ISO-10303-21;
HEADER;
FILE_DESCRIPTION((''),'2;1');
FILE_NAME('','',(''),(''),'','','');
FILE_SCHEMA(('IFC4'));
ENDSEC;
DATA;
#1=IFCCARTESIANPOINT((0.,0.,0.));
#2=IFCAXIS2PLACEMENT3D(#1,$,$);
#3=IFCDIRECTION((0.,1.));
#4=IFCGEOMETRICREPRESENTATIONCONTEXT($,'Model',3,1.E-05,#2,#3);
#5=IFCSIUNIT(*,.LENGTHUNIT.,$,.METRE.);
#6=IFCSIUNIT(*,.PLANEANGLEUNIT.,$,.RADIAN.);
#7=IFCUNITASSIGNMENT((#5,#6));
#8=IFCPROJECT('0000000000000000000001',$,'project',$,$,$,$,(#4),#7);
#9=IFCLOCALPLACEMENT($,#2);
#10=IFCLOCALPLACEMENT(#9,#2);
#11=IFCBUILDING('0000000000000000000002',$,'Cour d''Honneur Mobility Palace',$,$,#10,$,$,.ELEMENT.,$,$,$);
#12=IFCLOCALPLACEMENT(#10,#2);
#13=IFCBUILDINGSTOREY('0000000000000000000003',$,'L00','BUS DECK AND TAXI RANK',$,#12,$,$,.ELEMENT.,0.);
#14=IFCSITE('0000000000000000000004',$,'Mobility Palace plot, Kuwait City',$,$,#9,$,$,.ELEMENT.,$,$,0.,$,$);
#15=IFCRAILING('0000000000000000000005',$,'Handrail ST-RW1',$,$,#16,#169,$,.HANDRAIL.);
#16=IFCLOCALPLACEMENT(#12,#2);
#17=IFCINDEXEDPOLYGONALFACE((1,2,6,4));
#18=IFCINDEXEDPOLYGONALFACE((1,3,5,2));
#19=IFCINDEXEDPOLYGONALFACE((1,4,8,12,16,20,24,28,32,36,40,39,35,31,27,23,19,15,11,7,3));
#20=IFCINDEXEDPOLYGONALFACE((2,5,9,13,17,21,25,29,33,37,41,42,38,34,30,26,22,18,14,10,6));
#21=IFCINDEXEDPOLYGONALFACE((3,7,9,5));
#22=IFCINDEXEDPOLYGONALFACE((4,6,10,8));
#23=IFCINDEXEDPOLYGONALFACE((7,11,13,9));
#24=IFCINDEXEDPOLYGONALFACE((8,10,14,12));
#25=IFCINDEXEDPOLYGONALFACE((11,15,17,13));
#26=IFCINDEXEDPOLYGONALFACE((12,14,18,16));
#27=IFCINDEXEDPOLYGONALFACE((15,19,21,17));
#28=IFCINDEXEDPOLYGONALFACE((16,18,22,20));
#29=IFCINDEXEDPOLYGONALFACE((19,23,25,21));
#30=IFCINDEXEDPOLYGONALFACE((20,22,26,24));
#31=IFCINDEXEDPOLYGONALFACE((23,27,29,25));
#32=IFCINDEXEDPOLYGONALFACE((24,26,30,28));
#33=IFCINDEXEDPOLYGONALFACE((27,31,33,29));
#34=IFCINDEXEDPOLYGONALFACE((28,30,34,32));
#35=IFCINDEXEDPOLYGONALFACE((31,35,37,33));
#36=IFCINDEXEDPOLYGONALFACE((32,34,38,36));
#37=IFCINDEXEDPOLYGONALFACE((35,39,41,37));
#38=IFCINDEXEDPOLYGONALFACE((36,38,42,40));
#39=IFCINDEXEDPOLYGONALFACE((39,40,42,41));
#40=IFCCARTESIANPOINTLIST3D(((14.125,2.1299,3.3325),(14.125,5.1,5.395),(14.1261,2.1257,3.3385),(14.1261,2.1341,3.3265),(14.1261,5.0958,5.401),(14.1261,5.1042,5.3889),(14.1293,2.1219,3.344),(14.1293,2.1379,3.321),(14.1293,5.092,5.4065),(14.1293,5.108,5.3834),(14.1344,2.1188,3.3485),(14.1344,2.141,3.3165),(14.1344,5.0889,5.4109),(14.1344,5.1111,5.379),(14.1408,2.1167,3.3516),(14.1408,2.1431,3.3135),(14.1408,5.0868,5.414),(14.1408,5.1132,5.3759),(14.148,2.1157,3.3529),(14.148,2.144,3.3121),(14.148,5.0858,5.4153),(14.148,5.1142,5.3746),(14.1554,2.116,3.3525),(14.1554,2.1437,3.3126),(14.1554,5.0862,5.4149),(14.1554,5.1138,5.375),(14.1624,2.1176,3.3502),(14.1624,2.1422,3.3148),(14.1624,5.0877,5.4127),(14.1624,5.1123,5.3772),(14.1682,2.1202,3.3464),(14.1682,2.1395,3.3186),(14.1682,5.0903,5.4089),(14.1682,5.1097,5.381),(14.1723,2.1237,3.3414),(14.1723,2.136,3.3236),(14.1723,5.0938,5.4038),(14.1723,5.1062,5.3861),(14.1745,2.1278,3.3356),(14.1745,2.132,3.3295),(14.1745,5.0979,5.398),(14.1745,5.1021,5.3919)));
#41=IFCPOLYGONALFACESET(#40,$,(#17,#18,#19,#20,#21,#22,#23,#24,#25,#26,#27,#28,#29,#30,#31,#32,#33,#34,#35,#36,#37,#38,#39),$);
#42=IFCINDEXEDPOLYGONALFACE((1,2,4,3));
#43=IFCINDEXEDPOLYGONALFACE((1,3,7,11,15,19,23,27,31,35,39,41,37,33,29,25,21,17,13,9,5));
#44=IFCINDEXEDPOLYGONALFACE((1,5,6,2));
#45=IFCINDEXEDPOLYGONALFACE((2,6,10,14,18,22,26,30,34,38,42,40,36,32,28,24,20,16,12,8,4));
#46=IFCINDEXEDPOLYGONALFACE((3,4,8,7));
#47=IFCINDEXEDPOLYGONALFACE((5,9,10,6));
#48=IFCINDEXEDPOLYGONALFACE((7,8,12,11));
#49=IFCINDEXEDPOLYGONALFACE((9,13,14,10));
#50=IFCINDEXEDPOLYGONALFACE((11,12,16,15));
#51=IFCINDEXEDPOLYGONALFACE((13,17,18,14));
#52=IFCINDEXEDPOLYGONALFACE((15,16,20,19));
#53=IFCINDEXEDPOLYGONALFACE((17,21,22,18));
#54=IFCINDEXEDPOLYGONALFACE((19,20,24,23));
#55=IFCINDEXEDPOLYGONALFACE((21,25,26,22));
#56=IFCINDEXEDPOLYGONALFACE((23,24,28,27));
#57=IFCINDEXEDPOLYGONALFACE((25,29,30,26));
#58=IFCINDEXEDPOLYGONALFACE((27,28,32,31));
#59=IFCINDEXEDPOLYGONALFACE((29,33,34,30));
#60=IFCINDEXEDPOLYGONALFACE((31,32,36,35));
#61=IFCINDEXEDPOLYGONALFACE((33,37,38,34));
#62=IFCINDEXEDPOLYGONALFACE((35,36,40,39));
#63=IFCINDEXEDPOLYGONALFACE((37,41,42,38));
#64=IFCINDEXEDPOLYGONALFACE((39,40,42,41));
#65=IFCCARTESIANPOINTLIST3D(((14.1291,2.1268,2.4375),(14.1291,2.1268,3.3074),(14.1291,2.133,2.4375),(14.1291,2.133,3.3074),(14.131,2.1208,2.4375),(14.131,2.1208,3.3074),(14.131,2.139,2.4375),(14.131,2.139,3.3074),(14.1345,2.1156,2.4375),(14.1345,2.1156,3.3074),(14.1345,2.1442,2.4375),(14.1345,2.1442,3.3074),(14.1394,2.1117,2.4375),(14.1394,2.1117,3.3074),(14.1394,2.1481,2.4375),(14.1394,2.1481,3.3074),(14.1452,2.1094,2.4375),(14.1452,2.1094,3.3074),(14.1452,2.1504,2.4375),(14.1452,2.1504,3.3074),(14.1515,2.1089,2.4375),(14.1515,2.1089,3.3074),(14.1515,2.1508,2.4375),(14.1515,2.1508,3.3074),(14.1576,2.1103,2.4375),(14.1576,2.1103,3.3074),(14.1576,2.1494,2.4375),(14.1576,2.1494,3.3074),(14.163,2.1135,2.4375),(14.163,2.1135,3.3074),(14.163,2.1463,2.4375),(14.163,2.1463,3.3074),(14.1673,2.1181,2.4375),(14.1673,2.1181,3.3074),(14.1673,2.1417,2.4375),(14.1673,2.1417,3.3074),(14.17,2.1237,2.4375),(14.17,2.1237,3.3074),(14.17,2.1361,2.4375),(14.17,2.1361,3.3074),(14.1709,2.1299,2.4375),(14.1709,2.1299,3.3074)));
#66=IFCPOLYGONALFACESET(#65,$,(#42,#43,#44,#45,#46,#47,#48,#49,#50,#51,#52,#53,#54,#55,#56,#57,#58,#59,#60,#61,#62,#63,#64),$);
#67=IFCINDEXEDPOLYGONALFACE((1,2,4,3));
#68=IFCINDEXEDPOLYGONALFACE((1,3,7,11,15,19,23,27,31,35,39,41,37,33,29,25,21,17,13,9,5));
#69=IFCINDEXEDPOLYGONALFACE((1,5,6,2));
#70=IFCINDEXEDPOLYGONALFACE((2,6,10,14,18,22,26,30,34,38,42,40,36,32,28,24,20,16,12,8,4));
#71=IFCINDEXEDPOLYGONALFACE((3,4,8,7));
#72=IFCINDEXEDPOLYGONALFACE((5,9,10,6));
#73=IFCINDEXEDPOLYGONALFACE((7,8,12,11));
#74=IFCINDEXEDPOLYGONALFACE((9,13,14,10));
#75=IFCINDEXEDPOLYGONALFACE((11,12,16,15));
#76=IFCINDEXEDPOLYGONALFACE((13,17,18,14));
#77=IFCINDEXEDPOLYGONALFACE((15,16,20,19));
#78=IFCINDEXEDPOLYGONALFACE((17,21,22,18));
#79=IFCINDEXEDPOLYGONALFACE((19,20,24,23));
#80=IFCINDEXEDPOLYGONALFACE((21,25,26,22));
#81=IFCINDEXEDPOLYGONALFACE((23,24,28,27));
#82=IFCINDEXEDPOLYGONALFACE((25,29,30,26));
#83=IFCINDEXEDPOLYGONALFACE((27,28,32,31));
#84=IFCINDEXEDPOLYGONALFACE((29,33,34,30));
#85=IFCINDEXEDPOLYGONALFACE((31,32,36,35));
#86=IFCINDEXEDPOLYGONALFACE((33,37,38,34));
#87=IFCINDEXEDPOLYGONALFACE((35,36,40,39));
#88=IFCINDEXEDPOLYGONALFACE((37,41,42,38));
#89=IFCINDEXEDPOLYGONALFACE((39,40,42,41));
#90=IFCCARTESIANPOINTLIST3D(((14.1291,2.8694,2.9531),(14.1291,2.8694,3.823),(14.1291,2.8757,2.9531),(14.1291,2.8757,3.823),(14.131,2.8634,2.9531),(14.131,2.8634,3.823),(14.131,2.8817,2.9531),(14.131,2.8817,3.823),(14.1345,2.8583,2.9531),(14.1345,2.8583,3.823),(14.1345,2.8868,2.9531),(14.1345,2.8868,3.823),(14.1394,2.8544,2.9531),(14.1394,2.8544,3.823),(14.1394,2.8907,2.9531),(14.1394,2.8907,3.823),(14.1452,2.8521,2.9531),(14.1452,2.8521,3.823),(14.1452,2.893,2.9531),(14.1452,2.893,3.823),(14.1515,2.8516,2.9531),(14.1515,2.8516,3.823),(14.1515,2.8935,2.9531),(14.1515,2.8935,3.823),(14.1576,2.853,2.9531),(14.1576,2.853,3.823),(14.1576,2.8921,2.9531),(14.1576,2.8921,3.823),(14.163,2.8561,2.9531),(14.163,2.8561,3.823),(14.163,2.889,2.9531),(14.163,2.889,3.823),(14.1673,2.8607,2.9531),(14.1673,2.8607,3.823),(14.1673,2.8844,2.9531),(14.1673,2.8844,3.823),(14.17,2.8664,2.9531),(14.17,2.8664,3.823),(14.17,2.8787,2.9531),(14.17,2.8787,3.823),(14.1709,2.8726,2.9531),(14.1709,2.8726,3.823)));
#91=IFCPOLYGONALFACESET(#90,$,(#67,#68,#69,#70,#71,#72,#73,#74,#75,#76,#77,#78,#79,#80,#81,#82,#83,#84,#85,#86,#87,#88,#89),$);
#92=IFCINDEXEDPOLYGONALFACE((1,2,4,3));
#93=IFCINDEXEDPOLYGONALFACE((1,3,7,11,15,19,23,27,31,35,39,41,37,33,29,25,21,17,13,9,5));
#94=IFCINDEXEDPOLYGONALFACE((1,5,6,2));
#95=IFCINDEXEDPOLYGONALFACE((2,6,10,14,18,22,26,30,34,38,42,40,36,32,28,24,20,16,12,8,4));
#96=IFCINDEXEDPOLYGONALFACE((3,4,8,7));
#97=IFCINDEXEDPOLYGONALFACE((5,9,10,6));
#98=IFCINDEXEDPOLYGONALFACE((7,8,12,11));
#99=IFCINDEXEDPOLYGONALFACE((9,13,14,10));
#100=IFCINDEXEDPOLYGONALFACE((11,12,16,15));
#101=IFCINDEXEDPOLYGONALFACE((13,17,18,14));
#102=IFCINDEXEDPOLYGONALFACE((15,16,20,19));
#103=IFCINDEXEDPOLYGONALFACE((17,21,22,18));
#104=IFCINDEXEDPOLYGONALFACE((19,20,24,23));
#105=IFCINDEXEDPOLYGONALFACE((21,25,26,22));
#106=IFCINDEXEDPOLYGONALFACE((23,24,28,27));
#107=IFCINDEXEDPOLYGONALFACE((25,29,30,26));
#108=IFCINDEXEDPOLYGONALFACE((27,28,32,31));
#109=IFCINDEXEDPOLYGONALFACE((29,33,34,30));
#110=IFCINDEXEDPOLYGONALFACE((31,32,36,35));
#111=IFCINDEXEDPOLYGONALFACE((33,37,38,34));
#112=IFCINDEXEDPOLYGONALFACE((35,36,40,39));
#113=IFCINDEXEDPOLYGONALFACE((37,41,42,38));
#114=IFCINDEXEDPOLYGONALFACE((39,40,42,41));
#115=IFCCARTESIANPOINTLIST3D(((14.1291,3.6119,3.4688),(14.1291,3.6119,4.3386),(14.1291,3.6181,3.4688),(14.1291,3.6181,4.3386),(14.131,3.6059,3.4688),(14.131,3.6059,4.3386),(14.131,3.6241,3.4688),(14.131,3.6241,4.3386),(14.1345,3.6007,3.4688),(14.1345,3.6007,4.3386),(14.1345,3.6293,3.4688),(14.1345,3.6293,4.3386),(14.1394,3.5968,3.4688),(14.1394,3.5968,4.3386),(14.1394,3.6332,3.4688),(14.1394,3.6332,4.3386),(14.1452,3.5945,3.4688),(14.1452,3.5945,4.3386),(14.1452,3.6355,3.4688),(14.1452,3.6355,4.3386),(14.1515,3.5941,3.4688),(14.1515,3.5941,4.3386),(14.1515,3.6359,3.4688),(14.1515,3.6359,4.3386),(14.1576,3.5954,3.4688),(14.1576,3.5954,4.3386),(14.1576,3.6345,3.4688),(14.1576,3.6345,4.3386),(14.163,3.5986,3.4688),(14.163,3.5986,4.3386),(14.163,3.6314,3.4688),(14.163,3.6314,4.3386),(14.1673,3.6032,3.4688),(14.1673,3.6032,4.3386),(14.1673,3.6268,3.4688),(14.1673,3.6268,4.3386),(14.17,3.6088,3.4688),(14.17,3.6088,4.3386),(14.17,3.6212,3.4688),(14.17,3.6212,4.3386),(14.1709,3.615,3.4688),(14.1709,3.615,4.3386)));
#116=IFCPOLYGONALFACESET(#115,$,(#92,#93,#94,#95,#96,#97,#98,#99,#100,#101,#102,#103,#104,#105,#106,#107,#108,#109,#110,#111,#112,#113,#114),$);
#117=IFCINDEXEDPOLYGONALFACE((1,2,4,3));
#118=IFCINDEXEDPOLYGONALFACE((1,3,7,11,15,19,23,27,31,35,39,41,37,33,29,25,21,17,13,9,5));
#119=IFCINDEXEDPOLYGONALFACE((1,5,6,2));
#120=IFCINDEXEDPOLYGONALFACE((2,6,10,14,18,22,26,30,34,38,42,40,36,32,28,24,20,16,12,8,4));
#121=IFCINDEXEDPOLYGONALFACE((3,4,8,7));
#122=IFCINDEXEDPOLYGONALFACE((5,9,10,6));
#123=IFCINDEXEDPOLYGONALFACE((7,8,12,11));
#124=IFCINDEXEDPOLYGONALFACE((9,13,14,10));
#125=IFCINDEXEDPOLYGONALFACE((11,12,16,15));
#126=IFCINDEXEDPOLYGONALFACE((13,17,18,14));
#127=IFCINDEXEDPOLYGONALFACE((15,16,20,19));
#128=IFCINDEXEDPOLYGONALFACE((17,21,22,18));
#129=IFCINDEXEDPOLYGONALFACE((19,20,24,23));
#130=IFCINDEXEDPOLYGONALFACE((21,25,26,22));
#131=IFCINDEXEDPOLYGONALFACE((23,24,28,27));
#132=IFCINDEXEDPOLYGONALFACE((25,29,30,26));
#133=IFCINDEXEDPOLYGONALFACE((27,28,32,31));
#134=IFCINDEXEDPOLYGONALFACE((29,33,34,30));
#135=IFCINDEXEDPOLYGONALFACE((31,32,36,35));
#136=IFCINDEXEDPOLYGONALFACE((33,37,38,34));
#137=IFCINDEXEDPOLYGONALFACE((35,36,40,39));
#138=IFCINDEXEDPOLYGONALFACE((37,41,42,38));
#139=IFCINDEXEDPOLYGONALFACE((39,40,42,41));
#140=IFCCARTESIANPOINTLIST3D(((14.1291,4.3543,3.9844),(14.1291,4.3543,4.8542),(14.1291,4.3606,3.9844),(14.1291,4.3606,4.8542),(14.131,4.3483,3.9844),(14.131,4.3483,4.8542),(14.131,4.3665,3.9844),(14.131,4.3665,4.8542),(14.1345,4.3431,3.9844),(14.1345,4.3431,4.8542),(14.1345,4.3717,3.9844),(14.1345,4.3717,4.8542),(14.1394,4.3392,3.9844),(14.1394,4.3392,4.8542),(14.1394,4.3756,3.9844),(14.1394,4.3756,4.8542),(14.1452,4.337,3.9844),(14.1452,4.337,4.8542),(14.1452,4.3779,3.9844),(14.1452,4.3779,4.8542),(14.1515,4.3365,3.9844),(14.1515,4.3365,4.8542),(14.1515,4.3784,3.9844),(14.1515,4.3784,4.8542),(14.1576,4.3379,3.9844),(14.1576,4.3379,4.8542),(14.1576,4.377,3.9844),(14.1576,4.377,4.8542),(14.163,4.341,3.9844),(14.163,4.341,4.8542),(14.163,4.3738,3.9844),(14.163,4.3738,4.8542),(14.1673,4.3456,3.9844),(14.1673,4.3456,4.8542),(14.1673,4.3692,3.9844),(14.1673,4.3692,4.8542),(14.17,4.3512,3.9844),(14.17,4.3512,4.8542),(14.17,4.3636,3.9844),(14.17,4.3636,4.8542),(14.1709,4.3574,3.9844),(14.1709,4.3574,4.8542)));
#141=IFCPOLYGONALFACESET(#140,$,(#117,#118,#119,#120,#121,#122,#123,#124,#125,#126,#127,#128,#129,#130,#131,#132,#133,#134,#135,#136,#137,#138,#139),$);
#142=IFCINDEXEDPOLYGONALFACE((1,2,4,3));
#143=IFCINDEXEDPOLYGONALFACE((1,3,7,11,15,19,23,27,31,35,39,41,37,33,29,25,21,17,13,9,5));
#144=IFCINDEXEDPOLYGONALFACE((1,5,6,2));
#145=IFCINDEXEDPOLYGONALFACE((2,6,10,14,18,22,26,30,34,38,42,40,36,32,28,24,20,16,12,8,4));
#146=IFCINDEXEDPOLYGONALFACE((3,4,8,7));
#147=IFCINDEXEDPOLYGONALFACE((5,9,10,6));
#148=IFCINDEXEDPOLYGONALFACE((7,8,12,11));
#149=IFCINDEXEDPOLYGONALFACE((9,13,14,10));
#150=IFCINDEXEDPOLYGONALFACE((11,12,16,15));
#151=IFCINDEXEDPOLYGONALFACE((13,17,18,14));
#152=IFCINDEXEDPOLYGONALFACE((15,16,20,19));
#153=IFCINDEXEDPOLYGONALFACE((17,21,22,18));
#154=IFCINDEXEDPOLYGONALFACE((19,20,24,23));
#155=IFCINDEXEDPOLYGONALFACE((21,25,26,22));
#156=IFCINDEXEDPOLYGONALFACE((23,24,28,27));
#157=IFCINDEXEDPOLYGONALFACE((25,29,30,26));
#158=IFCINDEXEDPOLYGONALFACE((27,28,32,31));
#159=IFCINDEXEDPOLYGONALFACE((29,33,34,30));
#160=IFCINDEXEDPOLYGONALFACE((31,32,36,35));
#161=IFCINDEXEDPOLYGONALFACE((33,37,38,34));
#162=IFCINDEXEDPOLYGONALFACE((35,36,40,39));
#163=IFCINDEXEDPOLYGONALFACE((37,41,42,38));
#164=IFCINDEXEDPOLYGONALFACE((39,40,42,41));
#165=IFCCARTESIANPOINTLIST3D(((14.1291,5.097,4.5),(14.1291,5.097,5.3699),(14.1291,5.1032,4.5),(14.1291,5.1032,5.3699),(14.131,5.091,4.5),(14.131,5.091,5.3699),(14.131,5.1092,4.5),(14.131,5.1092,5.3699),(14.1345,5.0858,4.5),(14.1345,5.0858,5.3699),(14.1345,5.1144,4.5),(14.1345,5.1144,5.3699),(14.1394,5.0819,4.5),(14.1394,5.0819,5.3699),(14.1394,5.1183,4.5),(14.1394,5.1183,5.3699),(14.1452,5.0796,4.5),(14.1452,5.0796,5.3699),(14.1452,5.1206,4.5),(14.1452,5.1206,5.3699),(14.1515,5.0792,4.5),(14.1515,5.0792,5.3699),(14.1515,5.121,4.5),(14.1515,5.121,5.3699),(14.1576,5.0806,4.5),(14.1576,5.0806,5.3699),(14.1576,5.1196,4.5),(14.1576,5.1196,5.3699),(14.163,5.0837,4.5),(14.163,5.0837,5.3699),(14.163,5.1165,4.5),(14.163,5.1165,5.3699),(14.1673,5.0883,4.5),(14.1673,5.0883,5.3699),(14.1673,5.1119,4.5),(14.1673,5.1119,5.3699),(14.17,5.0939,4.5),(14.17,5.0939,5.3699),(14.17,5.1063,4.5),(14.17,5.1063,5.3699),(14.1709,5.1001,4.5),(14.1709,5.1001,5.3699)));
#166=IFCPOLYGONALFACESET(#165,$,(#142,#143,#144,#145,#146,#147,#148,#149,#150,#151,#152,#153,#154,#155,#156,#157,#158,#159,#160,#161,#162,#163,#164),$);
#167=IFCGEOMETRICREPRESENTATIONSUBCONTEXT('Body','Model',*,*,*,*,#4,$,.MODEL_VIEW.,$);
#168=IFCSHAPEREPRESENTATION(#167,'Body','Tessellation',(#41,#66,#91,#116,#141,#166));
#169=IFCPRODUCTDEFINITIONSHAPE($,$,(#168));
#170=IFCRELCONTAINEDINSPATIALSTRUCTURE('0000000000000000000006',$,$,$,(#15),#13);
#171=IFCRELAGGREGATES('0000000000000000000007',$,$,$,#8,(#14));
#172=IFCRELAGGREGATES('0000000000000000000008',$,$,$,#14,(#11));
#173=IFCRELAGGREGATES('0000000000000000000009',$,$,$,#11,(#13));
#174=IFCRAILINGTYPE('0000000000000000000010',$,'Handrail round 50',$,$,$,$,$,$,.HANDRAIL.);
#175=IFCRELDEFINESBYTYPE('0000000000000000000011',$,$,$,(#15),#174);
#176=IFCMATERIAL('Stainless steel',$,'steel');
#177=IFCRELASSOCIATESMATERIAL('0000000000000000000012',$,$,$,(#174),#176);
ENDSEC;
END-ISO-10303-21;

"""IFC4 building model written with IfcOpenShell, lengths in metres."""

from ifc_helpers import new_model, si_unit, direction, frame, origin, origin_2d, place, context, subcontext, project, spatial, circle, extrude, material, type_object, element, save


model = new_model("IFC4")

# Units and contexts
model_context = context("Model", 3, precision=1e-05, world=origin(), true_north=direction((0.0, 1.0)))
body_context = subcontext(model_context, "Body", "Model", "MODEL_VIEW")
ifc_project = project(units=[si_unit("LENGTHUNIT", "METRE"), si_unit("PLANEANGLEUNIT", "RADIAN")], contexts=[model_context])

# Site, building, storey
site_placement = place(None, origin())
site = spatial("IfcSite", under=ifc_project, at=site_placement, Name="Mobility Palace plot, Kuwait City", CompositionType="ELEMENT", RefElevation=0.0)
building_placement = place(site_placement, origin())
building = spatial("IfcBuilding", under=site, at=building_placement, Name="Cour d'Honneur Mobility Palace", CompositionType="ELEMENT")
storey_placement = place(building_placement, origin())
storey = spatial("IfcBuildingStorey", under=building, at=storey_placement, Name="L00", Description="BUS DECK AND TAXI RANK", CompositionType="ELEMENT", Elevation=0.0)

# Railing
ifc_material_1 = material(Name="Stainless steel", Category="steel")
railing_type_1 = type_object("IfcRailingType", Name="Handrail round 50", PredefinedType="HANDRAIL", material=ifc_material_1)
railing_1_placement = place(storey_placement, frame((14.1499, 2.1299, 2.4375)))
element("IfcRailing", 1, at=railing_1_placement, inside=storey, type_object=railing_type_1, Name="Handrail ST-RW1", PredefinedType="HANDRAIL", context=body_context, shape_type="SweptSolid", body=[
    extrude(circle(Radius=0.0249, at=origin_2d()), frame((0.0, 0.0, 0.895), z_axis=(0.0, 0.821389, 0.570368), x_axis=(-1.0, 0.0, 0.0)), (0.0, 0.0, 1.0), 3.616),
    extrude(circle(Radius=0.021, at=origin_2d()), origin(), (0.0, 0.0, 1.0), 0.8699),
    extrude(circle(Radius=0.021, at=origin_2d()), frame((0.0, 0.7427, 0.5156)), (0.0, 0.0, 1.0), 0.8699),
    extrude(circle(Radius=0.021, at=origin_2d()), frame((0.0, 1.4851, 1.0312)), (0.0, 0.0, 1.0), 0.8699),
    extrude(circle(Radius=0.021, at=origin_2d()), frame((0.0, 2.2275, 1.5469)), (0.0, 0.0, 1.0), 0.8699),
    extrude(circle(Radius=0.021, at=origin_2d()), frame((0.0, 2.9702, 2.0625)), (0.0, 0.0, 1.0), 0.8699),
])

save(model, "model.ifc")
